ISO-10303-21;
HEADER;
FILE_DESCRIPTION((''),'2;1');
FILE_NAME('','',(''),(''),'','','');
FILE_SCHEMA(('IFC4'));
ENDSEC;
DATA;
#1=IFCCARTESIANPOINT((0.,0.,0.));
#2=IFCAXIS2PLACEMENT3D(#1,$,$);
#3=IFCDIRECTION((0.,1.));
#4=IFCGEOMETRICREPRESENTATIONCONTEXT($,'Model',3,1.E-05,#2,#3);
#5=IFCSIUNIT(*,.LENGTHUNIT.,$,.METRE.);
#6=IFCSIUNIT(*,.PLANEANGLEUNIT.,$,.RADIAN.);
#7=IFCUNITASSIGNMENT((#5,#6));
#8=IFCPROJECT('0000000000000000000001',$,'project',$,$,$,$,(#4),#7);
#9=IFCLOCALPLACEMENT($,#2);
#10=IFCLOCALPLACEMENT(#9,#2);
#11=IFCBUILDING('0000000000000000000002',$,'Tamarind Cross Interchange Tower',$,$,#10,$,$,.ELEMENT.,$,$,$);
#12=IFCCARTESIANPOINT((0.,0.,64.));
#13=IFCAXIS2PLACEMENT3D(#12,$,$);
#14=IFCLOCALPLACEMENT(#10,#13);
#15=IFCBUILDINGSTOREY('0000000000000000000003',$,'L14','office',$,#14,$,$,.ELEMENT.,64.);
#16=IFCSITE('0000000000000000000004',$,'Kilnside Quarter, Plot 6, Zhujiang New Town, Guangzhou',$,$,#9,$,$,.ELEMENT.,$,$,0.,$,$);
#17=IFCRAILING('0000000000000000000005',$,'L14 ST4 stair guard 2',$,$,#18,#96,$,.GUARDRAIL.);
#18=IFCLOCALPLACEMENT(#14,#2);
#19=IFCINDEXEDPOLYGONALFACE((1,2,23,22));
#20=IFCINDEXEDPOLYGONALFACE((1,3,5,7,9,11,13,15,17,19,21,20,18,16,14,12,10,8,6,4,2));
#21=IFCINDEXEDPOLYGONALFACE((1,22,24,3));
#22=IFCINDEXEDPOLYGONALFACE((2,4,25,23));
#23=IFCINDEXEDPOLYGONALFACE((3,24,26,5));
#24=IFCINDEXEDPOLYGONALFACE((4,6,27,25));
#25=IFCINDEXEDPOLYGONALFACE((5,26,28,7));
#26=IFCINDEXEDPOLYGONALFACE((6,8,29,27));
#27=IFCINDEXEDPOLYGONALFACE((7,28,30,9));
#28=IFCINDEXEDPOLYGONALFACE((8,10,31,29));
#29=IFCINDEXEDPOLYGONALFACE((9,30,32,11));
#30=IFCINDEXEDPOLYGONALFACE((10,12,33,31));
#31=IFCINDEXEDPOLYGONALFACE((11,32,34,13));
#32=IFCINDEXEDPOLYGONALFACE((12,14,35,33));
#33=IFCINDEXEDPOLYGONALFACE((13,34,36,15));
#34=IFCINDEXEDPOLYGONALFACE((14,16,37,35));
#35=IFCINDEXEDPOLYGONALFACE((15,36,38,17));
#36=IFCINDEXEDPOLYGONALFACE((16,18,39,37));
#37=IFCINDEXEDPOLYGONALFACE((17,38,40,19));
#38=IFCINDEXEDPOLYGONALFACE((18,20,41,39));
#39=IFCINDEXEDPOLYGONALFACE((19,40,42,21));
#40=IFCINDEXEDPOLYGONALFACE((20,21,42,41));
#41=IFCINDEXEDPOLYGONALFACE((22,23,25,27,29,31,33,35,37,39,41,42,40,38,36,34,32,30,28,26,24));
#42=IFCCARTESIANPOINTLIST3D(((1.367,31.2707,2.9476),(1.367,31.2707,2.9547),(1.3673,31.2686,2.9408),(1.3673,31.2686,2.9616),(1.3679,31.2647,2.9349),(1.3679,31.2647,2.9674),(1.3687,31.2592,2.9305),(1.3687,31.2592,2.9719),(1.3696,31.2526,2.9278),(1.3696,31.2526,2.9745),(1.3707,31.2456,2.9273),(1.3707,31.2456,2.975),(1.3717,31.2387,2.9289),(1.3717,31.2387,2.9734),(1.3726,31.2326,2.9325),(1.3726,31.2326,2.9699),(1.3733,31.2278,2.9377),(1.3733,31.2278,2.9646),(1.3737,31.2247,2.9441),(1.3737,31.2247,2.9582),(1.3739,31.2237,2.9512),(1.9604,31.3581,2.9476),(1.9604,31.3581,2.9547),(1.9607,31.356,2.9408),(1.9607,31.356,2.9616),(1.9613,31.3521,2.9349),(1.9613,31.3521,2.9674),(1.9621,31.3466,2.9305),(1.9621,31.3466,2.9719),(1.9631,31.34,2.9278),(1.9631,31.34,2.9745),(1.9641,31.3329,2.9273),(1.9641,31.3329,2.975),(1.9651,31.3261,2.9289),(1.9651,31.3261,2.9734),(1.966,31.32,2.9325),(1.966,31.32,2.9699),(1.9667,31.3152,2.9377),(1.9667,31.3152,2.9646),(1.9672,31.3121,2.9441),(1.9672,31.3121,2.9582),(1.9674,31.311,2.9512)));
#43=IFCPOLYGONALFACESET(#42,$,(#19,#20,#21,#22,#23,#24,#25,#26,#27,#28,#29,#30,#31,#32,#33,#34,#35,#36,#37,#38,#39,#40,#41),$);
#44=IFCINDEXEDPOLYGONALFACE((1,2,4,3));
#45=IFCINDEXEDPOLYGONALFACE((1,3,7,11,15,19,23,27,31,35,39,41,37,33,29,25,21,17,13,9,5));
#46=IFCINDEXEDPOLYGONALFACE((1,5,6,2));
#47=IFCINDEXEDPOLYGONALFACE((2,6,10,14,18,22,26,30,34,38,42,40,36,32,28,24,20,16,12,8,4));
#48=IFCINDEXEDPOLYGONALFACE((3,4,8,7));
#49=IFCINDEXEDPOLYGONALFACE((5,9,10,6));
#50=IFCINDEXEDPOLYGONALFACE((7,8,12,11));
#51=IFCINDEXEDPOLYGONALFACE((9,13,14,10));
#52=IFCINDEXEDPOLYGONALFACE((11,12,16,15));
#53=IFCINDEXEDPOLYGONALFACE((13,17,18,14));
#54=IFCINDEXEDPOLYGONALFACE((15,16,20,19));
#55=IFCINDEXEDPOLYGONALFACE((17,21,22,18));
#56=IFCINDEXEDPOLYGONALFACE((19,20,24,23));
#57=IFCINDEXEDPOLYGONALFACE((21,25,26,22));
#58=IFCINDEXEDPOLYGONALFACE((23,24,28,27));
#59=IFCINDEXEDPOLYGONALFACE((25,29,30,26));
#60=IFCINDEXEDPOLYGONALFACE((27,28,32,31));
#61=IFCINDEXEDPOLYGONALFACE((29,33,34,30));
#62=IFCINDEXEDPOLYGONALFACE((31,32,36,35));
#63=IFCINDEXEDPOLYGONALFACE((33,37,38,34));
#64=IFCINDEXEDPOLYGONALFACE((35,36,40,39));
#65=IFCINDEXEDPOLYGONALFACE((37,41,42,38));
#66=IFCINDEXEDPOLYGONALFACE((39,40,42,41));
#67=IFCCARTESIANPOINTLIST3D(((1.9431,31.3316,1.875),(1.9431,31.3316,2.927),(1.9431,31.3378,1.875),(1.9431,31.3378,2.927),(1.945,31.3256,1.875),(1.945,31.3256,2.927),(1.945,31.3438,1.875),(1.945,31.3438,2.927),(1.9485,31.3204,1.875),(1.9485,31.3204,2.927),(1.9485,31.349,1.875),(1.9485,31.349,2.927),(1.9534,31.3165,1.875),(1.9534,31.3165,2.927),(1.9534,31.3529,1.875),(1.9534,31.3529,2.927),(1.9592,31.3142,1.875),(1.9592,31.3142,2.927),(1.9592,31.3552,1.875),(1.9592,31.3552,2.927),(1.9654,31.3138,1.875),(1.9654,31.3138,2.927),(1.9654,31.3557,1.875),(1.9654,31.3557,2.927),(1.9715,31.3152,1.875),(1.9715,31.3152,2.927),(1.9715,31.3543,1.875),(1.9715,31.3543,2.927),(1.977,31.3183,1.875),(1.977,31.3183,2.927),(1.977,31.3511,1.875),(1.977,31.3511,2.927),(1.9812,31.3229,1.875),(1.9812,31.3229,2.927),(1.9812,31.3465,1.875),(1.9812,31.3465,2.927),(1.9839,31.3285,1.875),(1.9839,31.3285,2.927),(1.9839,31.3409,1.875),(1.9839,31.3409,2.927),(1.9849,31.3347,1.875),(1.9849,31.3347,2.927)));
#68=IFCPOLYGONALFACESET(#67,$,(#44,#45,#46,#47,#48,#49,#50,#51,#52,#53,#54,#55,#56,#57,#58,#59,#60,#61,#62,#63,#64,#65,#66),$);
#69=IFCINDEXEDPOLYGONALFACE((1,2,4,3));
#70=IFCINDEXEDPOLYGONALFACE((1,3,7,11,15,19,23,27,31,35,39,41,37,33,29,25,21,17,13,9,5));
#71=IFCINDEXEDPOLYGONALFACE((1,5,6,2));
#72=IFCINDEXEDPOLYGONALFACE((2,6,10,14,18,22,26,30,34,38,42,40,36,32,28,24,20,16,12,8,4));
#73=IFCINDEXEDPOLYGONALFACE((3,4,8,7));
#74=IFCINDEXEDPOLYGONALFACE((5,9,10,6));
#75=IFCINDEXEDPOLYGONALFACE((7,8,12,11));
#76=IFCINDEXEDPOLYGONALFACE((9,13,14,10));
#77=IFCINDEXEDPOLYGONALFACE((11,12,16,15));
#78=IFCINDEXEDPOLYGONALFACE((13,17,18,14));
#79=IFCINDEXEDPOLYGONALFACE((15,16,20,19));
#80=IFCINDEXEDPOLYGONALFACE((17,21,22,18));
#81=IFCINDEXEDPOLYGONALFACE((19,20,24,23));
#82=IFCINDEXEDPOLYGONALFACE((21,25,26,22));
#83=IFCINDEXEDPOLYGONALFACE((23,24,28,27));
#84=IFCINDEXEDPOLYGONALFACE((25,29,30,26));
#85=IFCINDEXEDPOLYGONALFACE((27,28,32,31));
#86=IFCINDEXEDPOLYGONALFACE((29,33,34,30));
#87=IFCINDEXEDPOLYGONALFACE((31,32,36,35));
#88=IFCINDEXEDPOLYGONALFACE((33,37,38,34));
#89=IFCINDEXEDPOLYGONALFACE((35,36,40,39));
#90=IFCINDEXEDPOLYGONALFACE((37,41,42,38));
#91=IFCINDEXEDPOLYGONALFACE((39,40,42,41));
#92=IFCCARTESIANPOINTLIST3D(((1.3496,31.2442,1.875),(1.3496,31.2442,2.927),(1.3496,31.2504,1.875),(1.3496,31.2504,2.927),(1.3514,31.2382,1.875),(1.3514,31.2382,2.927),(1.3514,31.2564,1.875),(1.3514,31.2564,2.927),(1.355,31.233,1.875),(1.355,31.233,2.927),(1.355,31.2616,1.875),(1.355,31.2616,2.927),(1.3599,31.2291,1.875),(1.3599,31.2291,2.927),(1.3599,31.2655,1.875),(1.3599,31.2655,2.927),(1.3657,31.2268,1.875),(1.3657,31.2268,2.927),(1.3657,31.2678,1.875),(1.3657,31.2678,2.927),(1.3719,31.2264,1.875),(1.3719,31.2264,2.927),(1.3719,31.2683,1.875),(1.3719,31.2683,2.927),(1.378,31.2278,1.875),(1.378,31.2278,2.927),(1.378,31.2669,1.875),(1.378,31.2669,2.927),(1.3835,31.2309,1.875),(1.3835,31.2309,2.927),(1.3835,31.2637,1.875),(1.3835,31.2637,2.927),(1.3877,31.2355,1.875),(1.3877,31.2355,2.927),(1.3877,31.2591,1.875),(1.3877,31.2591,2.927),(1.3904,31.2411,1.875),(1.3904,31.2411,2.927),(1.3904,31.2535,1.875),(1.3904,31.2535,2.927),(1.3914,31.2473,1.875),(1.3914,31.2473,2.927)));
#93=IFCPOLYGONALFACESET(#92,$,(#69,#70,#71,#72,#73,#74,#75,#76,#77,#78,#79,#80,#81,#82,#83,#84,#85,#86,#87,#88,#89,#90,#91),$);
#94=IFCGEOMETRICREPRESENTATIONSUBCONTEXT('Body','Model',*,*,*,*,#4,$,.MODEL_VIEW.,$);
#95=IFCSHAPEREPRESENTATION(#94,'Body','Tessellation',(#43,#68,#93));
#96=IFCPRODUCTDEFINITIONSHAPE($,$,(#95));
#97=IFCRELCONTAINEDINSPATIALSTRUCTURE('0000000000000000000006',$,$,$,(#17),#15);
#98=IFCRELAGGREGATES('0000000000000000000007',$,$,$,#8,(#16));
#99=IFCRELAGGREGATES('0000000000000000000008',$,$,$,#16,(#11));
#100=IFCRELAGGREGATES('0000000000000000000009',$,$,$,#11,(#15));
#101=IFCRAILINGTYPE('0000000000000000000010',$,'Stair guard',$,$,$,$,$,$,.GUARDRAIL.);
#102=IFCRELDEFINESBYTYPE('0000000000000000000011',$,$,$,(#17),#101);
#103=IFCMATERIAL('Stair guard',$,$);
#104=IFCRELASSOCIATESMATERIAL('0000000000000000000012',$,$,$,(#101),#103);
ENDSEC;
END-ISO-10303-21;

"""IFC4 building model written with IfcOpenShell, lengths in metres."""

from ifc_helpers import new_model, si_unit, direction, frame, origin, origin_2d, place, context, subcontext, project, spatial, circle, extrude, material, type_object, element, save


model = new_model("IFC4")

# Units and contexts
model_context = context("Model", 3, precision=1e-05, world=origin(), true_north=direction((0.0, 1.0)))
body_context = subcontext(model_context, "Body", "Model", "MODEL_VIEW")
ifc_project = project(units=[si_unit("LENGTHUNIT", "METRE"), si_unit("PLANEANGLEUNIT", "RADIAN")], contexts=[model_context])

# Site, building, storey
site_placement = place(None, origin())
site = spatial("IfcSite", under=ifc_project, at=site_placement, Name="Kilnside Quarter, Plot 6, Zhujiang New Town, Guangzhou", CompositionType="ELEMENT", RefElevation=0.0)
building_placement = place(site_placement, origin())
building = spatial("IfcBuilding", under=site, at=building_placement, Name="Tamarind Cross Interchange Tower", CompositionType="ELEMENT")
storey_placement = place(building_placement, frame((0.0, 0.0, 64.0)))
storey = spatial("IfcBuildingStorey", under=building, at=storey_placement, Name="L14", Description="office", CompositionType="ELEMENT", Elevation=64.0)

# Railing
ifc_material_1 = material(Name="Stair guard")
railing_type_1 = type_object("IfcRailingType", Name="Stair guard", PredefinedType="GUARDRAIL", material=ifc_material_1)
railing_1_placement = place(storey_placement, frame((1.9639, 31.3347, 1.875)))
element("IfcRailing", 1, at=railing_1_placement, inside=storey, type_object=railing_type_1, Name="L14 ST4 stair guard 2", PredefinedType="GUARDRAIL", context=body_context, shape_type="SweptSolid", body=[
    extrude(circle(Radius=0.0239, at=origin_2d()), frame((0.0, 0.0, 1.0762), z_axis=(-0.98933, -0.145693, 0.0), x_axis=(0.145693, -0.98933, 0.0)), (0.0, 0.0, 1.0), 0.5999),
    extrude(circle(Radius=0.021, at=origin_2d()), origin(), (0.0, 0.0, 1.0), 1.052),
    extrude(circle(Radius=0.021, at=origin_2d()), frame((-0.5935, -0.0874, 0.0)), (0.0, 0.0, 1.0), 1.052),
])

save(model, "model.ifc")
